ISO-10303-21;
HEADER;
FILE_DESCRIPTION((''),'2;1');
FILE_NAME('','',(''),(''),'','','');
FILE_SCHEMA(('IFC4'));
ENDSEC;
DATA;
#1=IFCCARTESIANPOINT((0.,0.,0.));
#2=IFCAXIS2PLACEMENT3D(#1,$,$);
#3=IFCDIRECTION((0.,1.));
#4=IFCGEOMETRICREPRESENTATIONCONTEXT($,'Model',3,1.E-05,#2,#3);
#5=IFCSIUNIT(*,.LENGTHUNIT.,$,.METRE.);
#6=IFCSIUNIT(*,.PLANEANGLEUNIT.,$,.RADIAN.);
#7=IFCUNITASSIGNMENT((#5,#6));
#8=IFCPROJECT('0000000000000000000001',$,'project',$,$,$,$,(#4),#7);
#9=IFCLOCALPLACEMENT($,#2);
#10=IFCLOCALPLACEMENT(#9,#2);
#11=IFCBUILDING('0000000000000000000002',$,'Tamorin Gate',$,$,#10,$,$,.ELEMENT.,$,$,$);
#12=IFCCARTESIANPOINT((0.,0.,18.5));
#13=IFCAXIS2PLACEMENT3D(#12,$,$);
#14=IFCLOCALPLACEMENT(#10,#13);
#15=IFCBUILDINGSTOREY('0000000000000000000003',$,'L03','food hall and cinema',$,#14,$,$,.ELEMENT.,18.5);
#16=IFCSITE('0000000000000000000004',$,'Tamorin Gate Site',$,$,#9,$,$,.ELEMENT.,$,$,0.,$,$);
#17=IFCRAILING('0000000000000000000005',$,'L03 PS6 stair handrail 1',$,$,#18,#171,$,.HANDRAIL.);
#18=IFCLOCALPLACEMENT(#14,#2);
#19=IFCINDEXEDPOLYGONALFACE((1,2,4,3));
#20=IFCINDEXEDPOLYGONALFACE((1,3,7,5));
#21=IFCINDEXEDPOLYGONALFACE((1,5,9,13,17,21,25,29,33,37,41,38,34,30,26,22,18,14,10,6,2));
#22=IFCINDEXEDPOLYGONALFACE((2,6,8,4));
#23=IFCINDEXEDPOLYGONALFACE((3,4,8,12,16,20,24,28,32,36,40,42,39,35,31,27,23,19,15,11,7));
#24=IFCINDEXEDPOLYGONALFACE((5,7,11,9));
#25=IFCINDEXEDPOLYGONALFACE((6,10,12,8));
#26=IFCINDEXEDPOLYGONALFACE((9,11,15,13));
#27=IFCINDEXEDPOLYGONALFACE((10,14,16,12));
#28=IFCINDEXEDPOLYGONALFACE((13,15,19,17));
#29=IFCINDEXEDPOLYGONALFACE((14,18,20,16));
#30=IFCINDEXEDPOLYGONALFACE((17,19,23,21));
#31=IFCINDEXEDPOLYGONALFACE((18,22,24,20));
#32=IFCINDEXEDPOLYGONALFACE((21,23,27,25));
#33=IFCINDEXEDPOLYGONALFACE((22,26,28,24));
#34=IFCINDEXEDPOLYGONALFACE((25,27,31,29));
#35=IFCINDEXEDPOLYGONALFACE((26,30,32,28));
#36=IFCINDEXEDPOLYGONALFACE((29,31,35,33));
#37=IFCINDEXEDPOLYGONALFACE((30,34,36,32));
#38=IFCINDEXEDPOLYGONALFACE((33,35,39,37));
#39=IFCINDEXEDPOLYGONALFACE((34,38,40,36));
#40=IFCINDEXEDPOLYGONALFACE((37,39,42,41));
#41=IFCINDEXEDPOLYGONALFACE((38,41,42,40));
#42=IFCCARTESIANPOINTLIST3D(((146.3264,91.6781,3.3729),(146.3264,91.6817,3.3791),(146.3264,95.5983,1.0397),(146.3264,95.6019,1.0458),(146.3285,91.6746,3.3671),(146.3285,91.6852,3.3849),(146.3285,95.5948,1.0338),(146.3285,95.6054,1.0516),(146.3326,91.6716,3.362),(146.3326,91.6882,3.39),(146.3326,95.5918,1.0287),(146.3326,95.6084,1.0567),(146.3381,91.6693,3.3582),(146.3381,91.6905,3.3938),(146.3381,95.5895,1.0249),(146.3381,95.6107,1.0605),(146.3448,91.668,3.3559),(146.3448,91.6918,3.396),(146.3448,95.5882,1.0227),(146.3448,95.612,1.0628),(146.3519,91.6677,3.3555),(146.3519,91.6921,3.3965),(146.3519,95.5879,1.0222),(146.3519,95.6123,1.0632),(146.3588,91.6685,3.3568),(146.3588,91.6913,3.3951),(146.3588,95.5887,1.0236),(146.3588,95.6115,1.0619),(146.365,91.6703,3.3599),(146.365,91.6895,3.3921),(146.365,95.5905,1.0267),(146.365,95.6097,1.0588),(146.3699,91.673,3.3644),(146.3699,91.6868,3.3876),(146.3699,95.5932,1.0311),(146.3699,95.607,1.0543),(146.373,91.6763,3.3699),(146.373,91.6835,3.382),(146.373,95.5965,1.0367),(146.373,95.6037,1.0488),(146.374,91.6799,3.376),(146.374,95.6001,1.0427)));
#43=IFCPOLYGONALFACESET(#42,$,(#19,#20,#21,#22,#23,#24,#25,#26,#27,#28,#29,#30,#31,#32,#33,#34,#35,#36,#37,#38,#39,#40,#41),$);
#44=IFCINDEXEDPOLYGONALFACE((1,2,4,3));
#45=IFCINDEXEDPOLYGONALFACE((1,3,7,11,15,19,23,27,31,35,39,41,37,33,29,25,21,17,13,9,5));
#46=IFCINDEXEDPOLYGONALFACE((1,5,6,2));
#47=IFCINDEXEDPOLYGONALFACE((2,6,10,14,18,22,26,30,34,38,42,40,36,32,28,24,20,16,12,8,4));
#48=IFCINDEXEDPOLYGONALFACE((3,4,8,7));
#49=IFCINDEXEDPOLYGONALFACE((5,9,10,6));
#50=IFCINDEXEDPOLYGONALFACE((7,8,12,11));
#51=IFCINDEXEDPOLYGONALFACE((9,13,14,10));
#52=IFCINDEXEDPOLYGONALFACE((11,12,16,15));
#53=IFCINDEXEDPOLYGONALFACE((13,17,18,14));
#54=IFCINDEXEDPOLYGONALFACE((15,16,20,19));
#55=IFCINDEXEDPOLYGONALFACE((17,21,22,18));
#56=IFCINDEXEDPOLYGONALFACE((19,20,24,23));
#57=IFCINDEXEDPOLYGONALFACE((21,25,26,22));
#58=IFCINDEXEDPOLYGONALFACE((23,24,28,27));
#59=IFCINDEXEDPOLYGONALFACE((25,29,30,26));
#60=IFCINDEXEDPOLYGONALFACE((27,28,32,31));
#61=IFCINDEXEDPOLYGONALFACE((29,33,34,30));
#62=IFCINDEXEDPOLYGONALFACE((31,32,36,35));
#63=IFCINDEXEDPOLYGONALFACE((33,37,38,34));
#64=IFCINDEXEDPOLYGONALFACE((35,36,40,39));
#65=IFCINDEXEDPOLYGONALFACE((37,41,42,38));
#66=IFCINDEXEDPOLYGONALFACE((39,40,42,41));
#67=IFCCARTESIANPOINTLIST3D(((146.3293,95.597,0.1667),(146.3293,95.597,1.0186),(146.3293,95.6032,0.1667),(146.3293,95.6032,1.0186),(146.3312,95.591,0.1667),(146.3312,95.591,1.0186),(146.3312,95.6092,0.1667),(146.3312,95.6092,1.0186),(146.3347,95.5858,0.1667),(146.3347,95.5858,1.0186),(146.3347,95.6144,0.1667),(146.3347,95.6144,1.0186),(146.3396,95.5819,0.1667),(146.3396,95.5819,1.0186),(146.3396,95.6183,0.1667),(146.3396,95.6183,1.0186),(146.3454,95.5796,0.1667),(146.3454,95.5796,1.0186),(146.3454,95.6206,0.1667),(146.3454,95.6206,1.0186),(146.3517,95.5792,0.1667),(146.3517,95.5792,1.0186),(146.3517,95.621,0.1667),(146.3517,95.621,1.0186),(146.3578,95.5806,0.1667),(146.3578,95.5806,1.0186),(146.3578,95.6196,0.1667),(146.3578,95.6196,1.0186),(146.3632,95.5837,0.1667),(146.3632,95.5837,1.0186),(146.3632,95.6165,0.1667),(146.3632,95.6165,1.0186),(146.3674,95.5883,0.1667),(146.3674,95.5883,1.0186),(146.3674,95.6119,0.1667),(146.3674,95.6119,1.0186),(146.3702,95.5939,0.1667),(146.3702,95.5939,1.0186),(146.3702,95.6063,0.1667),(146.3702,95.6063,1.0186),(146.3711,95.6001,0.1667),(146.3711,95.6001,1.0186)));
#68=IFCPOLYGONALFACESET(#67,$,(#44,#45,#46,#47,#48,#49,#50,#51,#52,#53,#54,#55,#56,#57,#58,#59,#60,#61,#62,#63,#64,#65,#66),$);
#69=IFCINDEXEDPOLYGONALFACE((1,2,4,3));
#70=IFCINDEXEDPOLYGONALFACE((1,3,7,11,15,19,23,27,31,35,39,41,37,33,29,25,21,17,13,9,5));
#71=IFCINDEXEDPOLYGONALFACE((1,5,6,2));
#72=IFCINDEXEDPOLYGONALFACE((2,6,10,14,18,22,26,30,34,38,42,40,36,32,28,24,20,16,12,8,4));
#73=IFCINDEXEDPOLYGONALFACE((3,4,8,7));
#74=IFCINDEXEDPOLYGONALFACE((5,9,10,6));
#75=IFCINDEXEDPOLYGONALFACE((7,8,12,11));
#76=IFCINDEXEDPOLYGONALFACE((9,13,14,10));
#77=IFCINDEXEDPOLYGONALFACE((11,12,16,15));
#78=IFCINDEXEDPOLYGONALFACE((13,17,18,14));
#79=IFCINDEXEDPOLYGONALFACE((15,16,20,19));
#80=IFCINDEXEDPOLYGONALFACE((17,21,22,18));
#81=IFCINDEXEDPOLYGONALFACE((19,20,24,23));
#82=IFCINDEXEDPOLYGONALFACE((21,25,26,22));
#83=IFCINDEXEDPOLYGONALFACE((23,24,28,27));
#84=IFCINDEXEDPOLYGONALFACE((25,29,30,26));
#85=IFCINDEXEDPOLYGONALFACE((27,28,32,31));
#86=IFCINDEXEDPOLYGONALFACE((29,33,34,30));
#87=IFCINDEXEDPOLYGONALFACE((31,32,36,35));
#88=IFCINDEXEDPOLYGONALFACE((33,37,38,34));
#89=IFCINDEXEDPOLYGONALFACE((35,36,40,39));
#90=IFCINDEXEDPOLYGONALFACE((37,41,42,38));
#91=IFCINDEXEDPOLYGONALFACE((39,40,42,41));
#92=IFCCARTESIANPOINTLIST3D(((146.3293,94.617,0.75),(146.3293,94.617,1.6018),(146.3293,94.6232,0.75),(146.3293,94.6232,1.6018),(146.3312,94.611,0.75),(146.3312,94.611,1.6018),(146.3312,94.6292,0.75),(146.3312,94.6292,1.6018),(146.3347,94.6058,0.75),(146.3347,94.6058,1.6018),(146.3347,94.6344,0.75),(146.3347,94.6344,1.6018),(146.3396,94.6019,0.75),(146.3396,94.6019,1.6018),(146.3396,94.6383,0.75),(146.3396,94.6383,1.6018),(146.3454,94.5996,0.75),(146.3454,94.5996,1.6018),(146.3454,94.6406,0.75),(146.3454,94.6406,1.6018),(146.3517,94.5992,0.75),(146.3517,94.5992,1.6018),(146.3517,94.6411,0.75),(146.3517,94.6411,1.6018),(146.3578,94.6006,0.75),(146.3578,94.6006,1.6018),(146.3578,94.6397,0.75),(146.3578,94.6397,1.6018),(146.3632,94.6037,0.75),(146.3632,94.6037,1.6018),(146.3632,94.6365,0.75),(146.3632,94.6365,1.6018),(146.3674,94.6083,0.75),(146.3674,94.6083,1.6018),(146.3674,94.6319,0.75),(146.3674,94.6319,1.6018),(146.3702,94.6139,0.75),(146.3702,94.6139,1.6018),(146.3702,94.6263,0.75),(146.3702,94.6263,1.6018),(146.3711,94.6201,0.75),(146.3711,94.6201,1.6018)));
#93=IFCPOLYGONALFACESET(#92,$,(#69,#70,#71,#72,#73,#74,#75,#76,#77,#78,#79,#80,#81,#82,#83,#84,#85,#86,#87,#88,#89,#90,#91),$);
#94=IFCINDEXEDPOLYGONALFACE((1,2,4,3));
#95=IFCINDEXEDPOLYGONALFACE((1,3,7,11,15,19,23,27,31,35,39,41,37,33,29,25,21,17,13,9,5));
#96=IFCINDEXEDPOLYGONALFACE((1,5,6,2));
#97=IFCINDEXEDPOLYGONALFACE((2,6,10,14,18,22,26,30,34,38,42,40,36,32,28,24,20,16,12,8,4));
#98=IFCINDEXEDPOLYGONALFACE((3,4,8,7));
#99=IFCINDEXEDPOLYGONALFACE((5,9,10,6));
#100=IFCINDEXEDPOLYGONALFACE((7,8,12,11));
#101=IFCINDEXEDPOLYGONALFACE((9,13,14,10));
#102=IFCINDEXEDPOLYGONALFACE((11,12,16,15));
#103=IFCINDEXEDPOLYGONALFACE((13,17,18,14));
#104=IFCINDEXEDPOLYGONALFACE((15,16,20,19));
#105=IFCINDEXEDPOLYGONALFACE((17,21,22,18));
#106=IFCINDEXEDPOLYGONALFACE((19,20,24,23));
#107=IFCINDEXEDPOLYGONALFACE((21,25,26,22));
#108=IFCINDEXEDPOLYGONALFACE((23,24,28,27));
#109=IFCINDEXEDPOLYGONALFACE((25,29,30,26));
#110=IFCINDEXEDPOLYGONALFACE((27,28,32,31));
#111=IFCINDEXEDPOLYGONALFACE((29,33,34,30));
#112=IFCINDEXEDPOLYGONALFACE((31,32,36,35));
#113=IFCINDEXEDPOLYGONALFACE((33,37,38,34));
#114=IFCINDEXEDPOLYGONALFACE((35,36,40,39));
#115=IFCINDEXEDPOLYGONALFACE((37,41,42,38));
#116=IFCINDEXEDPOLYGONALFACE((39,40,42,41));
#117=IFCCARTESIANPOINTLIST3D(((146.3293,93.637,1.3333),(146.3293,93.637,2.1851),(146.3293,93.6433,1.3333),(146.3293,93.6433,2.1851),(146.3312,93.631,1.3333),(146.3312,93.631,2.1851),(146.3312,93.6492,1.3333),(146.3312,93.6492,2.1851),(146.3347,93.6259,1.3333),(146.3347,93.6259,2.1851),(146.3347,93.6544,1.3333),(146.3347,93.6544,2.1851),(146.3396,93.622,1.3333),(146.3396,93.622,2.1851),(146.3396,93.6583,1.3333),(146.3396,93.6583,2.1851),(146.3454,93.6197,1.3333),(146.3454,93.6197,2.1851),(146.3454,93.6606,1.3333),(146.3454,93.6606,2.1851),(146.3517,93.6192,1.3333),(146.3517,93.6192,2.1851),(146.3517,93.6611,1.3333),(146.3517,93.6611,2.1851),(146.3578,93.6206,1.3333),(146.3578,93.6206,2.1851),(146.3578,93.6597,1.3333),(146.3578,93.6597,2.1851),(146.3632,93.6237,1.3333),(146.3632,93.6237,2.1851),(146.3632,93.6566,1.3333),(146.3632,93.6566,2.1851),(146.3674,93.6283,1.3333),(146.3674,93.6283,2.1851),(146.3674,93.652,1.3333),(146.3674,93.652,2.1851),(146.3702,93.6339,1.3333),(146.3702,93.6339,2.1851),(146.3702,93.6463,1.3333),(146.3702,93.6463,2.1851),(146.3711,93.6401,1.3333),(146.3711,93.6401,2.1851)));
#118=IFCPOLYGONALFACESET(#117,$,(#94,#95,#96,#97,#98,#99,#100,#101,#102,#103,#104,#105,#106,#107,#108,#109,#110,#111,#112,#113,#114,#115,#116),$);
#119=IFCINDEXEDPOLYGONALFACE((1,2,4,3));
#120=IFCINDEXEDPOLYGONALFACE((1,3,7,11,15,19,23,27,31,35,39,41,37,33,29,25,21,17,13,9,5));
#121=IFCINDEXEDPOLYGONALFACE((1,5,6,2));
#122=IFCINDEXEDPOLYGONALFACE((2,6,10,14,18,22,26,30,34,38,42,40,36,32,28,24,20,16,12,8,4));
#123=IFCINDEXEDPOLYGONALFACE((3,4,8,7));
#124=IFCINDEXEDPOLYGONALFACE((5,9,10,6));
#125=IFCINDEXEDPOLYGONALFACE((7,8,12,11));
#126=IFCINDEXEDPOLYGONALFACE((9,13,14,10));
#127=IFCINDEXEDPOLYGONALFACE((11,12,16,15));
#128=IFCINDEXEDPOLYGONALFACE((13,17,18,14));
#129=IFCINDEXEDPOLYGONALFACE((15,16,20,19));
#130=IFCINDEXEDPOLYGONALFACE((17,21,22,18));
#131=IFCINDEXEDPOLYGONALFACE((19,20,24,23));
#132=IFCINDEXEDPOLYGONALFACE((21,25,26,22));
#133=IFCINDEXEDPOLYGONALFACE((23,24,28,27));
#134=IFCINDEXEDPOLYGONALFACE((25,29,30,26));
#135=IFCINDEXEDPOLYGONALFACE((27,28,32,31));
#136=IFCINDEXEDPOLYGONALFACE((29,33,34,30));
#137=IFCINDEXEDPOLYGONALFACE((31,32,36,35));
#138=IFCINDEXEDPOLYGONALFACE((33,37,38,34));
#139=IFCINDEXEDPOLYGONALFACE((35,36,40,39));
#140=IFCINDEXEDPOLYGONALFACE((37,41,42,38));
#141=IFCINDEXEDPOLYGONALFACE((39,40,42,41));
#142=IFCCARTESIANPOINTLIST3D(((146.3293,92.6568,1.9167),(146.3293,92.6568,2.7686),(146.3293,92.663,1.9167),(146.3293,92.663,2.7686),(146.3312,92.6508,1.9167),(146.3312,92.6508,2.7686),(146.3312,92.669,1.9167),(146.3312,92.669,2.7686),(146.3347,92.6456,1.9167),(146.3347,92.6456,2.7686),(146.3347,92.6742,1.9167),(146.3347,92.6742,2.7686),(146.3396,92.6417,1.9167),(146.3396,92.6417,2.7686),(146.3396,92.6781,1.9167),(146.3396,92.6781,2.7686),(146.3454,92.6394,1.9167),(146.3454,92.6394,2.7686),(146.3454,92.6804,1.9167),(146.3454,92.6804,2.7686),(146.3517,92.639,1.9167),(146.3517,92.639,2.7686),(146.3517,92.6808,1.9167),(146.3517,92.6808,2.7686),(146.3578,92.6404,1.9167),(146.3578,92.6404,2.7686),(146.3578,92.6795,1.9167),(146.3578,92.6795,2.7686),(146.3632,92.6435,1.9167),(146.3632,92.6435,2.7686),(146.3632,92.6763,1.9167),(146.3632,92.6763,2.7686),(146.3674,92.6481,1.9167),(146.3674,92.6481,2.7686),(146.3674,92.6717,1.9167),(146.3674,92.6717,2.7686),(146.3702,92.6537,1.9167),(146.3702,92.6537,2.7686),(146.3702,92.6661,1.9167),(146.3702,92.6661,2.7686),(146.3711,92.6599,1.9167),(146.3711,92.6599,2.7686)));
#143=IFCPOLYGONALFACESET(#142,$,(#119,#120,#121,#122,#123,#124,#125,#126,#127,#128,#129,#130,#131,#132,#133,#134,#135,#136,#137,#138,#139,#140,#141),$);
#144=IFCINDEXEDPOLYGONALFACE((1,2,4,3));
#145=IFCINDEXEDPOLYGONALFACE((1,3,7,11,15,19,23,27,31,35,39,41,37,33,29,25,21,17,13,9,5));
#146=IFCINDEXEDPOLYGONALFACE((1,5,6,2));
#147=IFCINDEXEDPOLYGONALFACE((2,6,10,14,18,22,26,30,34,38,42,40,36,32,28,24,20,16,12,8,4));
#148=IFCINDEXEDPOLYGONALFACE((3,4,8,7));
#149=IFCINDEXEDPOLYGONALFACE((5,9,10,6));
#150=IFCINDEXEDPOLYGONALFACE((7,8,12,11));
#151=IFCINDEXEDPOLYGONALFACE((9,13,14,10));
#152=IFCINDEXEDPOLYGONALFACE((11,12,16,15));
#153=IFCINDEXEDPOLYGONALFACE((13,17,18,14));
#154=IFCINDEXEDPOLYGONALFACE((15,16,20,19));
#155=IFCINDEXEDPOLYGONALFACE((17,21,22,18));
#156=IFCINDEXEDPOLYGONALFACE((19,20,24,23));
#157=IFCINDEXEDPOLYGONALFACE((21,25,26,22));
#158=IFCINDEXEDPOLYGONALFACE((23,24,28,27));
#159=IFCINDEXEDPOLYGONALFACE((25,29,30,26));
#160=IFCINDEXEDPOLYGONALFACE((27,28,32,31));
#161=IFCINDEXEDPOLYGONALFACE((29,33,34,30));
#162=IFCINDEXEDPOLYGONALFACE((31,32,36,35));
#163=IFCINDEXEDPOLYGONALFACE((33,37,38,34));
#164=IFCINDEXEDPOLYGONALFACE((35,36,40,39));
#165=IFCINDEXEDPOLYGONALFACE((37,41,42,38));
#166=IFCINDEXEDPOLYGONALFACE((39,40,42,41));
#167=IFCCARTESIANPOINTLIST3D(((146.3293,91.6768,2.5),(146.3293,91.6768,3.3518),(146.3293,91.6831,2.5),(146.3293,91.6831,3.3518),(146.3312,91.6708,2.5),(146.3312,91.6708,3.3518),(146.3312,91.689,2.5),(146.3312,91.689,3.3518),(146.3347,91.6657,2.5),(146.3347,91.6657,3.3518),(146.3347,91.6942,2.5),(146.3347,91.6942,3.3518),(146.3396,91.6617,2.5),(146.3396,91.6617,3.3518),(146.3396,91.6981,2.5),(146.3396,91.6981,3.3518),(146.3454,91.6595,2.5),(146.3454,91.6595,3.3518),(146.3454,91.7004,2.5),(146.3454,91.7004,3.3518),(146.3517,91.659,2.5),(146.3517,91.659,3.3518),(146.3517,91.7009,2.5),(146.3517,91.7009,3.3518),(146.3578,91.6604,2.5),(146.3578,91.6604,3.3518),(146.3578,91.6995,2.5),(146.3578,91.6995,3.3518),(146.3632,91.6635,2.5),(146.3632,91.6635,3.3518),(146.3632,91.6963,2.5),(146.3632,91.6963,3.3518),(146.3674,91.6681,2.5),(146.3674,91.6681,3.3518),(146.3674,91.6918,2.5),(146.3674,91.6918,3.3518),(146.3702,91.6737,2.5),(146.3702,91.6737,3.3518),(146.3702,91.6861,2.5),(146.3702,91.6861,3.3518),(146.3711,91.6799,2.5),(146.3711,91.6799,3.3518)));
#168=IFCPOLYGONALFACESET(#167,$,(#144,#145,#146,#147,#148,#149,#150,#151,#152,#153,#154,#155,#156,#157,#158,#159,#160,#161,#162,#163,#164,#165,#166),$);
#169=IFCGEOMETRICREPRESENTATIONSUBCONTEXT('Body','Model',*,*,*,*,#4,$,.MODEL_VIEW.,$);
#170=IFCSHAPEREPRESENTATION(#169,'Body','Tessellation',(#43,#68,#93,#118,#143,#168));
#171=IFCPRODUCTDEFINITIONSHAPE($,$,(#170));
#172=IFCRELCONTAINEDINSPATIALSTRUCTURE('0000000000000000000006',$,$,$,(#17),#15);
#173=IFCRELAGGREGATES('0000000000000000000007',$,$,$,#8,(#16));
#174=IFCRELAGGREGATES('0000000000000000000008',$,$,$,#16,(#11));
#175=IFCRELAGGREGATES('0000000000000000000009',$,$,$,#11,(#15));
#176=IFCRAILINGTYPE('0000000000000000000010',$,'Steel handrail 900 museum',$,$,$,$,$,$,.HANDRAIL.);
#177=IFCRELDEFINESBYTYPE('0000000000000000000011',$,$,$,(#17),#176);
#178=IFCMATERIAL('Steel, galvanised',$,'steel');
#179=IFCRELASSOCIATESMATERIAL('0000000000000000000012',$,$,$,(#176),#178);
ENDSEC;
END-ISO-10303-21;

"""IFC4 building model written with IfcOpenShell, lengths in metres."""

from ifc_helpers import new_model, si_unit, direction, frame, origin, origin_2d, place, context, subcontext, project, spatial, circle, extrude, material, type_object, element, save


model = new_model("IFC4")

# Units and contexts
model_context = context("Model", 3, precision=1e-05, world=origin(), true_north=direction((0.0, 1.0)))
body_context = subcontext(model_context, "Body", "Model", "MODEL_VIEW")
ifc_project = project(units=[si_unit("LENGTHUNIT", "METRE"), si_unit("PLANEANGLEUNIT", "RADIAN")], contexts=[model_context])

# Site, building, storey
site_placement = place(None, origin())
site = spatial("IfcSite", under=ifc_project, at=site_placement, Name="Tamorin Gate Site", CompositionType="ELEMENT", RefElevation=0.0)
building_placement = place(site_placement, origin())
building = spatial("IfcBuilding", under=site, at=building_placement, Name="Tamorin Gate", CompositionType="ELEMENT")
storey_placement = place(building_placement, frame((0.0, 0.0, 18.5)))
storey = spatial("IfcBuildingStorey", under=building, at=storey_placement, Name="L03", Description="food hall and cinema", CompositionType="ELEMENT", Elevation=18.5)

# Railing
ifc_material_1 = material(Name="Steel, galvanised", Category="steel")
railing_type_1 = type_object("IfcRailingType", Name="Steel handrail 900 museum", PredefinedType="HANDRAIL", material=ifc_material_1)
railing_1_placement = place(storey_placement, frame((146.3501, 95.6001, 0.1667)))
element("IfcRailing", 1, at=railing_1_placement, inside=storey, type_object=railing_type_1, Name="L03 PS6 stair handrail 1", PredefinedType="HANDRAIL", context=body_context, shape_type="SweptSolid", body=[
    extrude(circle(Radius=0.0239, at=origin_2d()), frame((0.0, 0.0, 0.876), z_axis=(0.0, -0.85931, 0.511455), x_axis=(1.0, 0.0, 0.0)), (0.0, 0.0, 1.0), 4.562),
    extrude(circle(Radius=0.021, at=origin_2d()), origin(), (0.0, 0.0, 1.0), 0.8518),
    extrude(circle(Radius=0.021, at=origin_2d()), frame((0.0, -0.98, 0.5833)), (0.0, 0.0, 1.0), 0.8518),
    extrude(circle(Radius=0.021, at=origin_2d()), frame((0.0, -1.96, 1.1665)), (0.0, 0.0, 1.0), 0.8518),
    extrude(circle(Radius=0.021, at=origin_2d()), frame((0.0, -2.9402, 1.75)), (0.0, 0.0, 1.0), 0.8518),
    extrude(circle(Radius=0.021, at=origin_2d()), frame((0.0, -3.9202, 2.3333)), (0.0, 0.0, 1.0), 0.8518),
])

save(model, "model.ifc")
